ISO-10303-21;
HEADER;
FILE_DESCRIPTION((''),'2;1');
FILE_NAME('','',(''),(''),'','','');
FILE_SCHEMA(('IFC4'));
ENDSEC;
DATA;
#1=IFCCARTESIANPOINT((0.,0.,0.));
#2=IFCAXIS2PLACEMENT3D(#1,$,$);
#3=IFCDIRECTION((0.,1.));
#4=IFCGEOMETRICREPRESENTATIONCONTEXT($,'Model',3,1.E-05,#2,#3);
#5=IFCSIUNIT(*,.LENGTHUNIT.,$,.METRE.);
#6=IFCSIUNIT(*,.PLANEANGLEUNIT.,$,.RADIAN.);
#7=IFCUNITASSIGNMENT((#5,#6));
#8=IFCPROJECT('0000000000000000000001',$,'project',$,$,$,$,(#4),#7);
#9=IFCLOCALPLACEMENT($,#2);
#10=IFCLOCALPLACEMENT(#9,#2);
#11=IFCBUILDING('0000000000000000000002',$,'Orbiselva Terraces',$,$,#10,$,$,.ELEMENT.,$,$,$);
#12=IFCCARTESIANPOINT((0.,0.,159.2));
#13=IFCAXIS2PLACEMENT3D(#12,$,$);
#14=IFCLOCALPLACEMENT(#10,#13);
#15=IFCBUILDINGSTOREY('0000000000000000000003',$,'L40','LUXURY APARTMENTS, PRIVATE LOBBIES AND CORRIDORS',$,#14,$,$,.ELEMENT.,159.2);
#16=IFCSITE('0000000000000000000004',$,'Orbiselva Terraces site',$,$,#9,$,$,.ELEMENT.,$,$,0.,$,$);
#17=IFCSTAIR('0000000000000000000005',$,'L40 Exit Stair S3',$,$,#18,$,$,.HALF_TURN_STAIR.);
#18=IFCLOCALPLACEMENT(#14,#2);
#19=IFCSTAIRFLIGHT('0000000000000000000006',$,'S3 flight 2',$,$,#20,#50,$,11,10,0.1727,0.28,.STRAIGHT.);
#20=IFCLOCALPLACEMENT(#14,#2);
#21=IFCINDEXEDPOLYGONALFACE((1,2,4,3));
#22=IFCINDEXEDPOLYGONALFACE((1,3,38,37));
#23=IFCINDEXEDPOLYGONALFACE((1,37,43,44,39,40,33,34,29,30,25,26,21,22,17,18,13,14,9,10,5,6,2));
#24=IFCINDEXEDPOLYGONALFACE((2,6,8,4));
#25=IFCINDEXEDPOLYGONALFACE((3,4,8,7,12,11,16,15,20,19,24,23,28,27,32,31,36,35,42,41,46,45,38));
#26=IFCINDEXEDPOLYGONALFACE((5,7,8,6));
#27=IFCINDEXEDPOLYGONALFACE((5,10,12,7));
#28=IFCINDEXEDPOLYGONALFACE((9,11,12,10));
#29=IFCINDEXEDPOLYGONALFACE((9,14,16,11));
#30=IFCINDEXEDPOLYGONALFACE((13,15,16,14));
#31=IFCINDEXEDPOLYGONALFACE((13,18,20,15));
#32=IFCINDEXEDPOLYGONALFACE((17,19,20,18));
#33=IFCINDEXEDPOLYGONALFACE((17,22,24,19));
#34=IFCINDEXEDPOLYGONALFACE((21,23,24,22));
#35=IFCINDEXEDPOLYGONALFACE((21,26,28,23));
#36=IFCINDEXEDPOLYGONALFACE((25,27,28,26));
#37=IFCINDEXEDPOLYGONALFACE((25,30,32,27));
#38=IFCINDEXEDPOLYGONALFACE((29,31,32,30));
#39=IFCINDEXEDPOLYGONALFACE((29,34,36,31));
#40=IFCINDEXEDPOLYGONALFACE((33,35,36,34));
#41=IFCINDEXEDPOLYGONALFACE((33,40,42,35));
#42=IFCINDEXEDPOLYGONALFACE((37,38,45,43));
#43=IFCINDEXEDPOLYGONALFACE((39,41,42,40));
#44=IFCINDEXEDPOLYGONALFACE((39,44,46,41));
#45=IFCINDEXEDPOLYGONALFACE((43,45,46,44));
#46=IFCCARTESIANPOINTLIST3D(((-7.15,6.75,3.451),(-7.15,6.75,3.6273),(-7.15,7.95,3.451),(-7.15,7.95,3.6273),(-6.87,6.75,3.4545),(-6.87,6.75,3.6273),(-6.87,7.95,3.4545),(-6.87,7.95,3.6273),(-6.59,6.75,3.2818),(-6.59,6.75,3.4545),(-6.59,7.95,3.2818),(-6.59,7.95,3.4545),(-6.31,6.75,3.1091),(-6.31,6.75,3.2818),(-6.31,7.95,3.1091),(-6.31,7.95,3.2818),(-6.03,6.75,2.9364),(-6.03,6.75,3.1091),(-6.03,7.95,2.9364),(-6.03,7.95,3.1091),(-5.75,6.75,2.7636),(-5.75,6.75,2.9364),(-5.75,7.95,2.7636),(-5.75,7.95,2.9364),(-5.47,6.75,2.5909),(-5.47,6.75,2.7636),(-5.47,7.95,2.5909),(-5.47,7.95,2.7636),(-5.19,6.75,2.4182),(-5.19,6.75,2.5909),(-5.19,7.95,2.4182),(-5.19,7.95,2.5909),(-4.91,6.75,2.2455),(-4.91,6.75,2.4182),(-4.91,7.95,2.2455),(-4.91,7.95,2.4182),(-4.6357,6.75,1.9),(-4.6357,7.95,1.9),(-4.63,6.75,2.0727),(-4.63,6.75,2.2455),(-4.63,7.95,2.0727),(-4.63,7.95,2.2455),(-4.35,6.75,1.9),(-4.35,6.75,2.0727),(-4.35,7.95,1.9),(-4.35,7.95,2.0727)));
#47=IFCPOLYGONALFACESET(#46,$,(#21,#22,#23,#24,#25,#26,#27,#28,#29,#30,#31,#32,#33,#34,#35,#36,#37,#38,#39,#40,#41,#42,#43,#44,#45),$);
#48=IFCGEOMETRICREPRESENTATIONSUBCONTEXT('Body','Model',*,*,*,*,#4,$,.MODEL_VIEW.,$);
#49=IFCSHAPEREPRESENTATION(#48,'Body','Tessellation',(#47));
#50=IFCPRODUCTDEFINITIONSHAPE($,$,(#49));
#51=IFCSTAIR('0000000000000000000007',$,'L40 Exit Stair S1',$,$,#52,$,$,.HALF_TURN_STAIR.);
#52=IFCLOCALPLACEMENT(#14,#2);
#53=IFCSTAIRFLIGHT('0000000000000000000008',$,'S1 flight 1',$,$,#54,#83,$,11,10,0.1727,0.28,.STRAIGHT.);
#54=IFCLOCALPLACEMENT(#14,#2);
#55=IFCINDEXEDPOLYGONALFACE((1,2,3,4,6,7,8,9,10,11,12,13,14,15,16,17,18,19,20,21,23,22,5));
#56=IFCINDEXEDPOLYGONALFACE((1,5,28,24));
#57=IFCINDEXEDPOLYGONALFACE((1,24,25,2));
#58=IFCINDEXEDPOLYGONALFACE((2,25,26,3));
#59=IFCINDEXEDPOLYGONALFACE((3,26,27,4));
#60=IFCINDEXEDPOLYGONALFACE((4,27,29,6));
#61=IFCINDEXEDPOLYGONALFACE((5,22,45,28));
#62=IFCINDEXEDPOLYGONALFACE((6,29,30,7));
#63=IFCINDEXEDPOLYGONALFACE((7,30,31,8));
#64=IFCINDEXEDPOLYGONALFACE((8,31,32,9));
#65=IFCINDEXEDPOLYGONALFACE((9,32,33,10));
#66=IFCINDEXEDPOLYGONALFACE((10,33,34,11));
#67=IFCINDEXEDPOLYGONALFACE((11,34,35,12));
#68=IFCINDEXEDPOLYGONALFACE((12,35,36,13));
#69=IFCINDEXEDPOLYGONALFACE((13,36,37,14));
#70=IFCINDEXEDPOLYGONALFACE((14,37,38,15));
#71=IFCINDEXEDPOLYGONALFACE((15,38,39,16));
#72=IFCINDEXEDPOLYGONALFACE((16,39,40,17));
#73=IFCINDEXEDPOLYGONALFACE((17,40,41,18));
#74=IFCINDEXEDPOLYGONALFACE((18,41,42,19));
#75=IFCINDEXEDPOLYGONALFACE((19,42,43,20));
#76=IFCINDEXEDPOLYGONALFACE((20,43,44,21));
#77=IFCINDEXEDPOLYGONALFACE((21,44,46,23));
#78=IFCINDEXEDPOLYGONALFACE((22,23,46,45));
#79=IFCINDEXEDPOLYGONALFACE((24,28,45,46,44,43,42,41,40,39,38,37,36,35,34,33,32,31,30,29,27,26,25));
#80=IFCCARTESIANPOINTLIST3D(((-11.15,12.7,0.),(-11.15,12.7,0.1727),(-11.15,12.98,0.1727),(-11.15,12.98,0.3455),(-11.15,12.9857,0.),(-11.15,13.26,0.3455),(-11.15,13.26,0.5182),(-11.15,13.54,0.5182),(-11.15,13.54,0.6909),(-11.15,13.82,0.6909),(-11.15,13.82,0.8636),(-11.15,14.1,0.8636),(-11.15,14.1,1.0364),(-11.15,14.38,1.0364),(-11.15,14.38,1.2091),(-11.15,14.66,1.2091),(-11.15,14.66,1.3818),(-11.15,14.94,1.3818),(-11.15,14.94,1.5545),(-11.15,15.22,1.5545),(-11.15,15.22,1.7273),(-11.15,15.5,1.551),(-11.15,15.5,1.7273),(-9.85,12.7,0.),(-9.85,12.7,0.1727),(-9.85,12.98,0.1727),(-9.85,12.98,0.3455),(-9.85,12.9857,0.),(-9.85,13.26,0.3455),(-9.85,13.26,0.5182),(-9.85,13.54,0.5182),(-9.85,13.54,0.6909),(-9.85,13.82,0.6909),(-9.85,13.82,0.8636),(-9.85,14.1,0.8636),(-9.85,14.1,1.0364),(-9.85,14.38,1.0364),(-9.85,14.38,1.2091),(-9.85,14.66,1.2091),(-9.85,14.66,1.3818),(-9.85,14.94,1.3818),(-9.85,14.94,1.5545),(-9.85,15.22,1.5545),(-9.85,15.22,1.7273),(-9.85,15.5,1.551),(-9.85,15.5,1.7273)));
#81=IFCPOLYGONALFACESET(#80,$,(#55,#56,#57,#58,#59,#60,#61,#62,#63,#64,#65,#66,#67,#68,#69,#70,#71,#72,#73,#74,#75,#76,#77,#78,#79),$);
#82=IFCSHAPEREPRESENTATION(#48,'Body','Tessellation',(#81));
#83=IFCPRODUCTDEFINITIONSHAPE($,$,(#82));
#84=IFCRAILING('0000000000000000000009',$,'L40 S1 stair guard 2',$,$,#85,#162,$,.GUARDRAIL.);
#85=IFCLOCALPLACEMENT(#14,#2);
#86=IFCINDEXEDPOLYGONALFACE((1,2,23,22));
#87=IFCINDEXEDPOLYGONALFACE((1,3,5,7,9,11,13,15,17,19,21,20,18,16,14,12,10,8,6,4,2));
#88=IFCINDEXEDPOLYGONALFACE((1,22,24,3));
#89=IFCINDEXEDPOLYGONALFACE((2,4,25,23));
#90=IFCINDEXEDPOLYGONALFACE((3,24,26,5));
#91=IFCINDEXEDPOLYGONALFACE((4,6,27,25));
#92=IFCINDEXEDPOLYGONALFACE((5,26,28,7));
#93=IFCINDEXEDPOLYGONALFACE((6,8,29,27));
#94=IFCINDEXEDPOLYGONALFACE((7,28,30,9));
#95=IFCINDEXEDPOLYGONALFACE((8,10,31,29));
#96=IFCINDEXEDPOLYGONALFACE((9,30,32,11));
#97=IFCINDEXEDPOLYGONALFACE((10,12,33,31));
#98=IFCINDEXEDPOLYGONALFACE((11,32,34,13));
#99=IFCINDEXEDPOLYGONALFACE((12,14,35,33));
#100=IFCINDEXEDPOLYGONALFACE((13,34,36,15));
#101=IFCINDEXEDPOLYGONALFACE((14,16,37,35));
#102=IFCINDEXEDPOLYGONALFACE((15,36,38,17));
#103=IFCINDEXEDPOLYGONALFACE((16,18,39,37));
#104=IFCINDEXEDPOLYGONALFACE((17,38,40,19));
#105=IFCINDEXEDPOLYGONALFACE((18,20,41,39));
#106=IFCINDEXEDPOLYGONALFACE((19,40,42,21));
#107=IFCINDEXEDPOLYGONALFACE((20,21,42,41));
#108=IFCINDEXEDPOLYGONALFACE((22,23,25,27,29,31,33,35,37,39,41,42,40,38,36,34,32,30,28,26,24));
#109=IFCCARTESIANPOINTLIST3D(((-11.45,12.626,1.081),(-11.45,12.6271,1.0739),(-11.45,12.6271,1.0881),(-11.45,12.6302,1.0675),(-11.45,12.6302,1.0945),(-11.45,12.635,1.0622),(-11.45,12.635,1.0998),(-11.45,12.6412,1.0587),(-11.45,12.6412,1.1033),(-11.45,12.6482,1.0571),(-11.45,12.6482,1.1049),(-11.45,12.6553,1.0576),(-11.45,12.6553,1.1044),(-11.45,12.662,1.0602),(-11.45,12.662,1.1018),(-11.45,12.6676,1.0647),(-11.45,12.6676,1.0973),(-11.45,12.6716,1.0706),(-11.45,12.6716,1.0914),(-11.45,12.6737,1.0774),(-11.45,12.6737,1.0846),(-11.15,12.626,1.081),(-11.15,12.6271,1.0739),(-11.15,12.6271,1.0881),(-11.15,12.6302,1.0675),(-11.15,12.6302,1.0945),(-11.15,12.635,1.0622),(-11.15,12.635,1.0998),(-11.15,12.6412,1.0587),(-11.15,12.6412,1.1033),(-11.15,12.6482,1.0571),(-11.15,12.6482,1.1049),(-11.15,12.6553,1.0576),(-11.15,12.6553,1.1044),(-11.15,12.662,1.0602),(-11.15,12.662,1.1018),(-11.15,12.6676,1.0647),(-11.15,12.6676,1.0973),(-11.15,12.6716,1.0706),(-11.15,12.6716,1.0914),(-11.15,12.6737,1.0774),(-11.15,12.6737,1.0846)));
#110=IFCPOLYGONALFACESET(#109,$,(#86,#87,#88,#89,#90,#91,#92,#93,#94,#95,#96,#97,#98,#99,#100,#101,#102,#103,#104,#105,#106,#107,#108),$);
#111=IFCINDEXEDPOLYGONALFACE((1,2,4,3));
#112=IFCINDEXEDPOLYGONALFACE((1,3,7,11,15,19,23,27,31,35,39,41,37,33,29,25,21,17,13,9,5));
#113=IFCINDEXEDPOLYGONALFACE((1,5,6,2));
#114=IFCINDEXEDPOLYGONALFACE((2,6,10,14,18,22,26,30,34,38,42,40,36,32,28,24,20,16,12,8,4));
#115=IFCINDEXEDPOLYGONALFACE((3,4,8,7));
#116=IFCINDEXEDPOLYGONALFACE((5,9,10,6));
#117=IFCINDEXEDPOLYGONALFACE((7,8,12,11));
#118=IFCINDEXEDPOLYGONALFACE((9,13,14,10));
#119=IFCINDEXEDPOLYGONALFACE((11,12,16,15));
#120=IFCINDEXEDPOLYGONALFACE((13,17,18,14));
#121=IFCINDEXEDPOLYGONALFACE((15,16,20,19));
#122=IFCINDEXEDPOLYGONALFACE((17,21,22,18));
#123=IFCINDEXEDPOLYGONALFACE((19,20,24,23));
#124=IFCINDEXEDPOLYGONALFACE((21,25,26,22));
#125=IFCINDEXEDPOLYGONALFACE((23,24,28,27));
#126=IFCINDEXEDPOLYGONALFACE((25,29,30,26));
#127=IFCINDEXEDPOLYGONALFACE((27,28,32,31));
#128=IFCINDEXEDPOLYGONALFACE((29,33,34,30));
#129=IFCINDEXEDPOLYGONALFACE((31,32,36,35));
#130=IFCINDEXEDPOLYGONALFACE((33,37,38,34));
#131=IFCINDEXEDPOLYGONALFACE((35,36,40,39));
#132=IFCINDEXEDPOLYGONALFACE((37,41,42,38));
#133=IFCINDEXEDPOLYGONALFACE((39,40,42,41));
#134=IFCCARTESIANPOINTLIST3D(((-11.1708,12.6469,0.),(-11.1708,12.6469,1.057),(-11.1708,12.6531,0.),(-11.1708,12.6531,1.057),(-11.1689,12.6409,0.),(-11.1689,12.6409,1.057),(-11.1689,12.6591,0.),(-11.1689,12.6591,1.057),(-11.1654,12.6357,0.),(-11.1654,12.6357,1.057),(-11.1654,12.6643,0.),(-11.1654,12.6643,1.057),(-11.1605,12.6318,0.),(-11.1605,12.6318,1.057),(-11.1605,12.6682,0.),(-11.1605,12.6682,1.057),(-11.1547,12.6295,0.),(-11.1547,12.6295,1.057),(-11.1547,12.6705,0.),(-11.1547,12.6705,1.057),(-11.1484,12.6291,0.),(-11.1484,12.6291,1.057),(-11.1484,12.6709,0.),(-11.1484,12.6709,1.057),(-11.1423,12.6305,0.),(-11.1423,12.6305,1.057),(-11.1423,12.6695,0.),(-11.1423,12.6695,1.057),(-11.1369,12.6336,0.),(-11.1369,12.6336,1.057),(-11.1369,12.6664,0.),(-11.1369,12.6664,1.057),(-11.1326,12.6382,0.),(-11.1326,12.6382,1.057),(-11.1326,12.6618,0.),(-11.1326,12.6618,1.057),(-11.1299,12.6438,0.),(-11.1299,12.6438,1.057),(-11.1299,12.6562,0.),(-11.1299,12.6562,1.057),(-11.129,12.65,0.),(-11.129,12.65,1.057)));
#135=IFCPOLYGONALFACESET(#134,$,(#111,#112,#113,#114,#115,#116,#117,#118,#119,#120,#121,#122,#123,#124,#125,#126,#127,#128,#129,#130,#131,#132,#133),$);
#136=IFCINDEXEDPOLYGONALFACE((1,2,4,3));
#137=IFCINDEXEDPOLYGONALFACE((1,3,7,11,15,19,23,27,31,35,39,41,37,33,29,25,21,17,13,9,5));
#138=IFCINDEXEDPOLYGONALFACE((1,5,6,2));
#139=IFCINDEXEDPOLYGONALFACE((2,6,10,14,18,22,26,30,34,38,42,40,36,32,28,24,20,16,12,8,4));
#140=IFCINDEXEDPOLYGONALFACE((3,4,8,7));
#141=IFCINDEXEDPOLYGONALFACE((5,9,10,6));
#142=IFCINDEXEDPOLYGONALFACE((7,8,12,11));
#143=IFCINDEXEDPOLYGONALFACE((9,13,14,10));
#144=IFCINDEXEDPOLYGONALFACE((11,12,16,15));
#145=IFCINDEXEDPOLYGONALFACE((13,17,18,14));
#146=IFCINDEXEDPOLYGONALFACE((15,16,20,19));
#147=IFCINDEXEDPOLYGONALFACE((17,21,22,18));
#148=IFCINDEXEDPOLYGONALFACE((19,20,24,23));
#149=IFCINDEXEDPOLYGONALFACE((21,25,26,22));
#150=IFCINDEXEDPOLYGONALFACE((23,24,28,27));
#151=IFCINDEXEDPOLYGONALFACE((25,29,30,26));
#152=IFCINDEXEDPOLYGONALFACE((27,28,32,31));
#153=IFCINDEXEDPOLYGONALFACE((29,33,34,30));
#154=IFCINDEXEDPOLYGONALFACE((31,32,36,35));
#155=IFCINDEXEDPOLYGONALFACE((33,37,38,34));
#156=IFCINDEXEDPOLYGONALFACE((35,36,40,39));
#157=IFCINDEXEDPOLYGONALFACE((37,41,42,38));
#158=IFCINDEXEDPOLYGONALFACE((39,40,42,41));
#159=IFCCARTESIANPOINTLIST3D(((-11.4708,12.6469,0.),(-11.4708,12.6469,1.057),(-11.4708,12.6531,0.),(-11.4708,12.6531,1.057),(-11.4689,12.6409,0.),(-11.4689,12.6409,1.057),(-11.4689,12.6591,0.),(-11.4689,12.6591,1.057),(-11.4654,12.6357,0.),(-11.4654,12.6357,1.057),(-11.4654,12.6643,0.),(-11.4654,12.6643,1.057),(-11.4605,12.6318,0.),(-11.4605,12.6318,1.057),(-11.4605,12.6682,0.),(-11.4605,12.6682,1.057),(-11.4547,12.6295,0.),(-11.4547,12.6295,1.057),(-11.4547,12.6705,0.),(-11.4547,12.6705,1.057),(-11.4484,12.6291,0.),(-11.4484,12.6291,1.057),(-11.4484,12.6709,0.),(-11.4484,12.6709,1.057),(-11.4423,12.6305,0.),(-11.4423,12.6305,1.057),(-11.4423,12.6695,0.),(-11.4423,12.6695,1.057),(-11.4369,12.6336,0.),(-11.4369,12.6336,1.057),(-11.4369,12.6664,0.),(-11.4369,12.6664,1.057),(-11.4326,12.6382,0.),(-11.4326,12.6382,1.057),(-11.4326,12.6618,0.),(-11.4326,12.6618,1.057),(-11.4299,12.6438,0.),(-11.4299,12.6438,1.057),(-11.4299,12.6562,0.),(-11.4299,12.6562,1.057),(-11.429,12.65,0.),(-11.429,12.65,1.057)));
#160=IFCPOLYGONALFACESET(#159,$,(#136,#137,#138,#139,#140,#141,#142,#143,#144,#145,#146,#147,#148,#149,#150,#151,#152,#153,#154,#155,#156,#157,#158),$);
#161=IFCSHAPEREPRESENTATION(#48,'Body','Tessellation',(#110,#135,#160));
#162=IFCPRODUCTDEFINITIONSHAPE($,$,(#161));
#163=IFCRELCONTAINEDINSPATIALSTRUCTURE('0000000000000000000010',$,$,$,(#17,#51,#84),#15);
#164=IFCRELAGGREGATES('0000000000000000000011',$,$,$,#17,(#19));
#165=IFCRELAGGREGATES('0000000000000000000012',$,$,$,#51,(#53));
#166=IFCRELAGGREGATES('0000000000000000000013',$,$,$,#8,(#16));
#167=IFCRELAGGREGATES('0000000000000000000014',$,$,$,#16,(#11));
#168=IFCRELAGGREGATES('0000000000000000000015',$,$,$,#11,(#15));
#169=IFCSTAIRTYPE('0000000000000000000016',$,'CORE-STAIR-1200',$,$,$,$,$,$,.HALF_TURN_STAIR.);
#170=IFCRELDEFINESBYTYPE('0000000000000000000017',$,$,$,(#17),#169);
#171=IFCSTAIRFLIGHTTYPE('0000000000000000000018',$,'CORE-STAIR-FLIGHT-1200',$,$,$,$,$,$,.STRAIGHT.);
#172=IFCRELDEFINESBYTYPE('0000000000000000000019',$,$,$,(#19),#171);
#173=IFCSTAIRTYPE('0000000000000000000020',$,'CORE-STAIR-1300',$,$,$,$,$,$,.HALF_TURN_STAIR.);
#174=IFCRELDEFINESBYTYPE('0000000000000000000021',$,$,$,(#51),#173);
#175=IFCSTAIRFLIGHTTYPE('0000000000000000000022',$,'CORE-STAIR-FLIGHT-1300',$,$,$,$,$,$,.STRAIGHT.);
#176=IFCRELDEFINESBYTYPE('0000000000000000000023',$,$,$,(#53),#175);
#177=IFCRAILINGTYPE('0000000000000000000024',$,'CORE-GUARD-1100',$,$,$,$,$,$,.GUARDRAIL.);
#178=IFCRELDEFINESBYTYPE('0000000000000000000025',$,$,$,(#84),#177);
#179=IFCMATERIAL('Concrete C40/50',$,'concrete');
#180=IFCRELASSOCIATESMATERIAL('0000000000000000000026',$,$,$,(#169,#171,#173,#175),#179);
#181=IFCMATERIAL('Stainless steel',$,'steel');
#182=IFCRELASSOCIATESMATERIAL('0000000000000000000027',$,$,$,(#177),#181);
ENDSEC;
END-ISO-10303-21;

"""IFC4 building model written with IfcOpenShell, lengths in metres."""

from ifc_helpers import new_model, si_unit, direction, frame, origin, origin_2d, place, context, subcontext, project, spatial, polyline, circle, outline, extrude, material, type_object, element, aggregate, save


model = new_model("IFC4")

# Units and contexts
model_context = context("Model", 3, precision=1e-05, world=origin(), true_north=direction((0.0, 1.0)))
body_context = subcontext(model_context, "Body", "Model", "MODEL_VIEW")
ifc_project = project(units=[si_unit("LENGTHUNIT", "METRE"), si_unit("PLANEANGLEUNIT", "RADIAN")], contexts=[model_context])

# Site, building, storey
site_placement = place(None, origin())
site = spatial("IfcSite", under=ifc_project, at=site_placement, Name="Orbiselva Terraces site", CompositionType="ELEMENT", RefElevation=0.0)
building_placement = place(site_placement, origin())
building = spatial("IfcBuilding", under=site, at=building_placement, Name="Orbiselva Terraces", CompositionType="ELEMENT")
storey_placement = place(building_placement, frame((0.0, 0.0, 159.2)))
storey = spatial("IfcBuildingStorey", under=building, at=storey_placement, Name="L40", Description="LUXURY APARTMENTS, PRIVATE LOBBIES AND CORRIDORS", CompositionType="ELEMENT", Elevation=159.2)

# Stair, stair flight
ifc_material_1 = material(Name="Concrete C40/50", Category="concrete")
stair_type_1 = type_object("IfcStairType", Name="CORE-STAIR-1200", PredefinedType="HALF_TURN_STAIR", material=ifc_material_1)
stair_1_placement = place(storey_placement, origin())
stair_1 = element("IfcStair", 1, at=stair_1_placement, inside=storey, type_object=stair_type_1, Name="L40 Exit Stair S3", PredefinedType="HALF_TURN_STAIR")
stair_flight_type_1 = type_object("IfcStairFlightType", Name="CORE-STAIR-FLIGHT-1200", PredefinedType="STRAIGHT", material=ifc_material_1)
stair_flight_1_placement = place(storey_placement, frame((-4.35, 7.35, 1.9), z_axis=(0.0, 0.0, 1.0), x_axis=(-1.0, 0.0, 0.0)))
stair_flight_1 = element("IfcStairFlight", 2, at=stair_flight_1_placement, type_object=stair_flight_type_1, Name="S3 flight 2", NumberOfRisers=11, NumberOfTreads=10, PredefinedType="STRAIGHT", RiserHeight=0.1727, TreadLength=0.28, context=body_context, shape_type="SweptSolid", body=[
    extrude(outline(polyline([(0.0, 0.0), (0.0, 0.1727), (0.28, 0.1727), (0.28, 0.3455), (0.56, 0.3455), (0.56, 0.5182), (0.84, 0.5182), (0.84, 0.6909), (1.12, 0.6909), (1.12, 0.8636), (1.4, 0.8636), (1.4, 1.0364), (1.68, 1.0364), (1.68, 1.2091), (1.96, 1.2091), (1.96, 1.3818), (2.24, 1.3818), (2.24, 1.5545), (2.52, 1.5545), (2.52, 1.7273), (2.8, 1.7273), (2.8, 1.9), (2.8, 1.551), (0.2857, 0.0), (0.0, 0.0)])), frame((0.0, 0.6, 0.0), z_axis=(0.0, -1.0, 0.0), x_axis=(1.0, 0.0, 0.0)), (0.0, 0.0, 1.0), 1.2),
])
aggregate(stair_1, [stair_flight_1])

# Stair, stair flight
stair_type_2 = type_object("IfcStairType", Name="CORE-STAIR-1300", PredefinedType="HALF_TURN_STAIR", material=ifc_material_1)
stair_2_placement = place(storey_placement, origin())
stair_2 = element("IfcStair", 3, at=stair_2_placement, inside=storey, type_object=stair_type_2, Name="L40 Exit Stair S1", PredefinedType="HALF_TURN_STAIR")
stair_flight_type_2 = type_object("IfcStairFlightType", Name="CORE-STAIR-FLIGHT-1300", PredefinedType="STRAIGHT", material=ifc_material_1)
stair_flight_2_placement = place(storey_placement, frame((-10.5, 12.7, 0.0), z_axis=(0.0, 0.0, 1.0), x_axis=(0.0, 1.0, 0.0)))
stair_flight_2 = element("IfcStairFlight", 4, at=stair_flight_2_placement, type_object=stair_flight_type_2, Name="S1 flight 1", NumberOfRisers=11, NumberOfTreads=10, PredefinedType="STRAIGHT", RiserHeight=0.1727, TreadLength=0.28, context=body_context, shape_type="SweptSolid", body=[
    extrude(outline(polyline([(0.0, 0.0), (0.0, 0.1727), (0.28, 0.1727), (0.28, 0.3455), (0.56, 0.3455), (0.56, 0.5182), (0.84, 0.5182), (0.84, 0.6909), (1.12, 0.6909), (1.12, 0.8636), (1.4, 0.8636), (1.4, 1.0364), (1.68, 1.0364), (1.68, 1.2091), (1.96, 1.2091), (1.96, 1.3818), (2.24, 1.3818), (2.24, 1.5545), (2.52, 1.5545), (2.52, 1.7273), (2.8, 1.7273), (2.8, 1.9), (2.8, 1.551), (0.2857, 0.0), (0.0, 0.0)])), frame((0.0, 0.65, 0.0), z_axis=(0.0, -1.0, 0.0), x_axis=(1.0, 0.0, 0.0)), (0.0, 0.0, 1.0), 1.3),
])
aggregate(stair_2, [stair_flight_2])

# Railing
ifc_material_2 = material(Name="Stainless steel", Category="steel")
railing_type_1 = type_object("IfcRailingType", Name="CORE-GUARD-1100", PredefinedType="GUARDRAIL", material=ifc_material_2)
railing_1_placement = place(storey_placement, frame((-11.15, 12.65, 0.0)))
element("IfcRailing", 5, at=railing_1_placement, inside=storey, type_object=railing_type_1, Name="L40 S1 stair guard 2", PredefinedType="GUARDRAIL", context=body_context, shape_type="SweptSolid", body=[
    extrude(circle(Radius=0.024, at=origin_2d()), frame((0.0, 0.0, 1.081), z_axis=(-1.0, 0.0, 0.0), x_axis=(0.0, -1.0, 0.0)), (0.0, 0.0, 1.0), 0.3),
    extrude(circle(Radius=0.021, at=origin_2d()), origin(), (0.0, 0.0, 1.0), 1.057),
    extrude(circle(Radius=0.021, at=origin_2d()), frame((-0.3, 0.0, 0.0)), (0.0, 0.0, 1.0), 1.057),
])

save(model, "model.ifc")
